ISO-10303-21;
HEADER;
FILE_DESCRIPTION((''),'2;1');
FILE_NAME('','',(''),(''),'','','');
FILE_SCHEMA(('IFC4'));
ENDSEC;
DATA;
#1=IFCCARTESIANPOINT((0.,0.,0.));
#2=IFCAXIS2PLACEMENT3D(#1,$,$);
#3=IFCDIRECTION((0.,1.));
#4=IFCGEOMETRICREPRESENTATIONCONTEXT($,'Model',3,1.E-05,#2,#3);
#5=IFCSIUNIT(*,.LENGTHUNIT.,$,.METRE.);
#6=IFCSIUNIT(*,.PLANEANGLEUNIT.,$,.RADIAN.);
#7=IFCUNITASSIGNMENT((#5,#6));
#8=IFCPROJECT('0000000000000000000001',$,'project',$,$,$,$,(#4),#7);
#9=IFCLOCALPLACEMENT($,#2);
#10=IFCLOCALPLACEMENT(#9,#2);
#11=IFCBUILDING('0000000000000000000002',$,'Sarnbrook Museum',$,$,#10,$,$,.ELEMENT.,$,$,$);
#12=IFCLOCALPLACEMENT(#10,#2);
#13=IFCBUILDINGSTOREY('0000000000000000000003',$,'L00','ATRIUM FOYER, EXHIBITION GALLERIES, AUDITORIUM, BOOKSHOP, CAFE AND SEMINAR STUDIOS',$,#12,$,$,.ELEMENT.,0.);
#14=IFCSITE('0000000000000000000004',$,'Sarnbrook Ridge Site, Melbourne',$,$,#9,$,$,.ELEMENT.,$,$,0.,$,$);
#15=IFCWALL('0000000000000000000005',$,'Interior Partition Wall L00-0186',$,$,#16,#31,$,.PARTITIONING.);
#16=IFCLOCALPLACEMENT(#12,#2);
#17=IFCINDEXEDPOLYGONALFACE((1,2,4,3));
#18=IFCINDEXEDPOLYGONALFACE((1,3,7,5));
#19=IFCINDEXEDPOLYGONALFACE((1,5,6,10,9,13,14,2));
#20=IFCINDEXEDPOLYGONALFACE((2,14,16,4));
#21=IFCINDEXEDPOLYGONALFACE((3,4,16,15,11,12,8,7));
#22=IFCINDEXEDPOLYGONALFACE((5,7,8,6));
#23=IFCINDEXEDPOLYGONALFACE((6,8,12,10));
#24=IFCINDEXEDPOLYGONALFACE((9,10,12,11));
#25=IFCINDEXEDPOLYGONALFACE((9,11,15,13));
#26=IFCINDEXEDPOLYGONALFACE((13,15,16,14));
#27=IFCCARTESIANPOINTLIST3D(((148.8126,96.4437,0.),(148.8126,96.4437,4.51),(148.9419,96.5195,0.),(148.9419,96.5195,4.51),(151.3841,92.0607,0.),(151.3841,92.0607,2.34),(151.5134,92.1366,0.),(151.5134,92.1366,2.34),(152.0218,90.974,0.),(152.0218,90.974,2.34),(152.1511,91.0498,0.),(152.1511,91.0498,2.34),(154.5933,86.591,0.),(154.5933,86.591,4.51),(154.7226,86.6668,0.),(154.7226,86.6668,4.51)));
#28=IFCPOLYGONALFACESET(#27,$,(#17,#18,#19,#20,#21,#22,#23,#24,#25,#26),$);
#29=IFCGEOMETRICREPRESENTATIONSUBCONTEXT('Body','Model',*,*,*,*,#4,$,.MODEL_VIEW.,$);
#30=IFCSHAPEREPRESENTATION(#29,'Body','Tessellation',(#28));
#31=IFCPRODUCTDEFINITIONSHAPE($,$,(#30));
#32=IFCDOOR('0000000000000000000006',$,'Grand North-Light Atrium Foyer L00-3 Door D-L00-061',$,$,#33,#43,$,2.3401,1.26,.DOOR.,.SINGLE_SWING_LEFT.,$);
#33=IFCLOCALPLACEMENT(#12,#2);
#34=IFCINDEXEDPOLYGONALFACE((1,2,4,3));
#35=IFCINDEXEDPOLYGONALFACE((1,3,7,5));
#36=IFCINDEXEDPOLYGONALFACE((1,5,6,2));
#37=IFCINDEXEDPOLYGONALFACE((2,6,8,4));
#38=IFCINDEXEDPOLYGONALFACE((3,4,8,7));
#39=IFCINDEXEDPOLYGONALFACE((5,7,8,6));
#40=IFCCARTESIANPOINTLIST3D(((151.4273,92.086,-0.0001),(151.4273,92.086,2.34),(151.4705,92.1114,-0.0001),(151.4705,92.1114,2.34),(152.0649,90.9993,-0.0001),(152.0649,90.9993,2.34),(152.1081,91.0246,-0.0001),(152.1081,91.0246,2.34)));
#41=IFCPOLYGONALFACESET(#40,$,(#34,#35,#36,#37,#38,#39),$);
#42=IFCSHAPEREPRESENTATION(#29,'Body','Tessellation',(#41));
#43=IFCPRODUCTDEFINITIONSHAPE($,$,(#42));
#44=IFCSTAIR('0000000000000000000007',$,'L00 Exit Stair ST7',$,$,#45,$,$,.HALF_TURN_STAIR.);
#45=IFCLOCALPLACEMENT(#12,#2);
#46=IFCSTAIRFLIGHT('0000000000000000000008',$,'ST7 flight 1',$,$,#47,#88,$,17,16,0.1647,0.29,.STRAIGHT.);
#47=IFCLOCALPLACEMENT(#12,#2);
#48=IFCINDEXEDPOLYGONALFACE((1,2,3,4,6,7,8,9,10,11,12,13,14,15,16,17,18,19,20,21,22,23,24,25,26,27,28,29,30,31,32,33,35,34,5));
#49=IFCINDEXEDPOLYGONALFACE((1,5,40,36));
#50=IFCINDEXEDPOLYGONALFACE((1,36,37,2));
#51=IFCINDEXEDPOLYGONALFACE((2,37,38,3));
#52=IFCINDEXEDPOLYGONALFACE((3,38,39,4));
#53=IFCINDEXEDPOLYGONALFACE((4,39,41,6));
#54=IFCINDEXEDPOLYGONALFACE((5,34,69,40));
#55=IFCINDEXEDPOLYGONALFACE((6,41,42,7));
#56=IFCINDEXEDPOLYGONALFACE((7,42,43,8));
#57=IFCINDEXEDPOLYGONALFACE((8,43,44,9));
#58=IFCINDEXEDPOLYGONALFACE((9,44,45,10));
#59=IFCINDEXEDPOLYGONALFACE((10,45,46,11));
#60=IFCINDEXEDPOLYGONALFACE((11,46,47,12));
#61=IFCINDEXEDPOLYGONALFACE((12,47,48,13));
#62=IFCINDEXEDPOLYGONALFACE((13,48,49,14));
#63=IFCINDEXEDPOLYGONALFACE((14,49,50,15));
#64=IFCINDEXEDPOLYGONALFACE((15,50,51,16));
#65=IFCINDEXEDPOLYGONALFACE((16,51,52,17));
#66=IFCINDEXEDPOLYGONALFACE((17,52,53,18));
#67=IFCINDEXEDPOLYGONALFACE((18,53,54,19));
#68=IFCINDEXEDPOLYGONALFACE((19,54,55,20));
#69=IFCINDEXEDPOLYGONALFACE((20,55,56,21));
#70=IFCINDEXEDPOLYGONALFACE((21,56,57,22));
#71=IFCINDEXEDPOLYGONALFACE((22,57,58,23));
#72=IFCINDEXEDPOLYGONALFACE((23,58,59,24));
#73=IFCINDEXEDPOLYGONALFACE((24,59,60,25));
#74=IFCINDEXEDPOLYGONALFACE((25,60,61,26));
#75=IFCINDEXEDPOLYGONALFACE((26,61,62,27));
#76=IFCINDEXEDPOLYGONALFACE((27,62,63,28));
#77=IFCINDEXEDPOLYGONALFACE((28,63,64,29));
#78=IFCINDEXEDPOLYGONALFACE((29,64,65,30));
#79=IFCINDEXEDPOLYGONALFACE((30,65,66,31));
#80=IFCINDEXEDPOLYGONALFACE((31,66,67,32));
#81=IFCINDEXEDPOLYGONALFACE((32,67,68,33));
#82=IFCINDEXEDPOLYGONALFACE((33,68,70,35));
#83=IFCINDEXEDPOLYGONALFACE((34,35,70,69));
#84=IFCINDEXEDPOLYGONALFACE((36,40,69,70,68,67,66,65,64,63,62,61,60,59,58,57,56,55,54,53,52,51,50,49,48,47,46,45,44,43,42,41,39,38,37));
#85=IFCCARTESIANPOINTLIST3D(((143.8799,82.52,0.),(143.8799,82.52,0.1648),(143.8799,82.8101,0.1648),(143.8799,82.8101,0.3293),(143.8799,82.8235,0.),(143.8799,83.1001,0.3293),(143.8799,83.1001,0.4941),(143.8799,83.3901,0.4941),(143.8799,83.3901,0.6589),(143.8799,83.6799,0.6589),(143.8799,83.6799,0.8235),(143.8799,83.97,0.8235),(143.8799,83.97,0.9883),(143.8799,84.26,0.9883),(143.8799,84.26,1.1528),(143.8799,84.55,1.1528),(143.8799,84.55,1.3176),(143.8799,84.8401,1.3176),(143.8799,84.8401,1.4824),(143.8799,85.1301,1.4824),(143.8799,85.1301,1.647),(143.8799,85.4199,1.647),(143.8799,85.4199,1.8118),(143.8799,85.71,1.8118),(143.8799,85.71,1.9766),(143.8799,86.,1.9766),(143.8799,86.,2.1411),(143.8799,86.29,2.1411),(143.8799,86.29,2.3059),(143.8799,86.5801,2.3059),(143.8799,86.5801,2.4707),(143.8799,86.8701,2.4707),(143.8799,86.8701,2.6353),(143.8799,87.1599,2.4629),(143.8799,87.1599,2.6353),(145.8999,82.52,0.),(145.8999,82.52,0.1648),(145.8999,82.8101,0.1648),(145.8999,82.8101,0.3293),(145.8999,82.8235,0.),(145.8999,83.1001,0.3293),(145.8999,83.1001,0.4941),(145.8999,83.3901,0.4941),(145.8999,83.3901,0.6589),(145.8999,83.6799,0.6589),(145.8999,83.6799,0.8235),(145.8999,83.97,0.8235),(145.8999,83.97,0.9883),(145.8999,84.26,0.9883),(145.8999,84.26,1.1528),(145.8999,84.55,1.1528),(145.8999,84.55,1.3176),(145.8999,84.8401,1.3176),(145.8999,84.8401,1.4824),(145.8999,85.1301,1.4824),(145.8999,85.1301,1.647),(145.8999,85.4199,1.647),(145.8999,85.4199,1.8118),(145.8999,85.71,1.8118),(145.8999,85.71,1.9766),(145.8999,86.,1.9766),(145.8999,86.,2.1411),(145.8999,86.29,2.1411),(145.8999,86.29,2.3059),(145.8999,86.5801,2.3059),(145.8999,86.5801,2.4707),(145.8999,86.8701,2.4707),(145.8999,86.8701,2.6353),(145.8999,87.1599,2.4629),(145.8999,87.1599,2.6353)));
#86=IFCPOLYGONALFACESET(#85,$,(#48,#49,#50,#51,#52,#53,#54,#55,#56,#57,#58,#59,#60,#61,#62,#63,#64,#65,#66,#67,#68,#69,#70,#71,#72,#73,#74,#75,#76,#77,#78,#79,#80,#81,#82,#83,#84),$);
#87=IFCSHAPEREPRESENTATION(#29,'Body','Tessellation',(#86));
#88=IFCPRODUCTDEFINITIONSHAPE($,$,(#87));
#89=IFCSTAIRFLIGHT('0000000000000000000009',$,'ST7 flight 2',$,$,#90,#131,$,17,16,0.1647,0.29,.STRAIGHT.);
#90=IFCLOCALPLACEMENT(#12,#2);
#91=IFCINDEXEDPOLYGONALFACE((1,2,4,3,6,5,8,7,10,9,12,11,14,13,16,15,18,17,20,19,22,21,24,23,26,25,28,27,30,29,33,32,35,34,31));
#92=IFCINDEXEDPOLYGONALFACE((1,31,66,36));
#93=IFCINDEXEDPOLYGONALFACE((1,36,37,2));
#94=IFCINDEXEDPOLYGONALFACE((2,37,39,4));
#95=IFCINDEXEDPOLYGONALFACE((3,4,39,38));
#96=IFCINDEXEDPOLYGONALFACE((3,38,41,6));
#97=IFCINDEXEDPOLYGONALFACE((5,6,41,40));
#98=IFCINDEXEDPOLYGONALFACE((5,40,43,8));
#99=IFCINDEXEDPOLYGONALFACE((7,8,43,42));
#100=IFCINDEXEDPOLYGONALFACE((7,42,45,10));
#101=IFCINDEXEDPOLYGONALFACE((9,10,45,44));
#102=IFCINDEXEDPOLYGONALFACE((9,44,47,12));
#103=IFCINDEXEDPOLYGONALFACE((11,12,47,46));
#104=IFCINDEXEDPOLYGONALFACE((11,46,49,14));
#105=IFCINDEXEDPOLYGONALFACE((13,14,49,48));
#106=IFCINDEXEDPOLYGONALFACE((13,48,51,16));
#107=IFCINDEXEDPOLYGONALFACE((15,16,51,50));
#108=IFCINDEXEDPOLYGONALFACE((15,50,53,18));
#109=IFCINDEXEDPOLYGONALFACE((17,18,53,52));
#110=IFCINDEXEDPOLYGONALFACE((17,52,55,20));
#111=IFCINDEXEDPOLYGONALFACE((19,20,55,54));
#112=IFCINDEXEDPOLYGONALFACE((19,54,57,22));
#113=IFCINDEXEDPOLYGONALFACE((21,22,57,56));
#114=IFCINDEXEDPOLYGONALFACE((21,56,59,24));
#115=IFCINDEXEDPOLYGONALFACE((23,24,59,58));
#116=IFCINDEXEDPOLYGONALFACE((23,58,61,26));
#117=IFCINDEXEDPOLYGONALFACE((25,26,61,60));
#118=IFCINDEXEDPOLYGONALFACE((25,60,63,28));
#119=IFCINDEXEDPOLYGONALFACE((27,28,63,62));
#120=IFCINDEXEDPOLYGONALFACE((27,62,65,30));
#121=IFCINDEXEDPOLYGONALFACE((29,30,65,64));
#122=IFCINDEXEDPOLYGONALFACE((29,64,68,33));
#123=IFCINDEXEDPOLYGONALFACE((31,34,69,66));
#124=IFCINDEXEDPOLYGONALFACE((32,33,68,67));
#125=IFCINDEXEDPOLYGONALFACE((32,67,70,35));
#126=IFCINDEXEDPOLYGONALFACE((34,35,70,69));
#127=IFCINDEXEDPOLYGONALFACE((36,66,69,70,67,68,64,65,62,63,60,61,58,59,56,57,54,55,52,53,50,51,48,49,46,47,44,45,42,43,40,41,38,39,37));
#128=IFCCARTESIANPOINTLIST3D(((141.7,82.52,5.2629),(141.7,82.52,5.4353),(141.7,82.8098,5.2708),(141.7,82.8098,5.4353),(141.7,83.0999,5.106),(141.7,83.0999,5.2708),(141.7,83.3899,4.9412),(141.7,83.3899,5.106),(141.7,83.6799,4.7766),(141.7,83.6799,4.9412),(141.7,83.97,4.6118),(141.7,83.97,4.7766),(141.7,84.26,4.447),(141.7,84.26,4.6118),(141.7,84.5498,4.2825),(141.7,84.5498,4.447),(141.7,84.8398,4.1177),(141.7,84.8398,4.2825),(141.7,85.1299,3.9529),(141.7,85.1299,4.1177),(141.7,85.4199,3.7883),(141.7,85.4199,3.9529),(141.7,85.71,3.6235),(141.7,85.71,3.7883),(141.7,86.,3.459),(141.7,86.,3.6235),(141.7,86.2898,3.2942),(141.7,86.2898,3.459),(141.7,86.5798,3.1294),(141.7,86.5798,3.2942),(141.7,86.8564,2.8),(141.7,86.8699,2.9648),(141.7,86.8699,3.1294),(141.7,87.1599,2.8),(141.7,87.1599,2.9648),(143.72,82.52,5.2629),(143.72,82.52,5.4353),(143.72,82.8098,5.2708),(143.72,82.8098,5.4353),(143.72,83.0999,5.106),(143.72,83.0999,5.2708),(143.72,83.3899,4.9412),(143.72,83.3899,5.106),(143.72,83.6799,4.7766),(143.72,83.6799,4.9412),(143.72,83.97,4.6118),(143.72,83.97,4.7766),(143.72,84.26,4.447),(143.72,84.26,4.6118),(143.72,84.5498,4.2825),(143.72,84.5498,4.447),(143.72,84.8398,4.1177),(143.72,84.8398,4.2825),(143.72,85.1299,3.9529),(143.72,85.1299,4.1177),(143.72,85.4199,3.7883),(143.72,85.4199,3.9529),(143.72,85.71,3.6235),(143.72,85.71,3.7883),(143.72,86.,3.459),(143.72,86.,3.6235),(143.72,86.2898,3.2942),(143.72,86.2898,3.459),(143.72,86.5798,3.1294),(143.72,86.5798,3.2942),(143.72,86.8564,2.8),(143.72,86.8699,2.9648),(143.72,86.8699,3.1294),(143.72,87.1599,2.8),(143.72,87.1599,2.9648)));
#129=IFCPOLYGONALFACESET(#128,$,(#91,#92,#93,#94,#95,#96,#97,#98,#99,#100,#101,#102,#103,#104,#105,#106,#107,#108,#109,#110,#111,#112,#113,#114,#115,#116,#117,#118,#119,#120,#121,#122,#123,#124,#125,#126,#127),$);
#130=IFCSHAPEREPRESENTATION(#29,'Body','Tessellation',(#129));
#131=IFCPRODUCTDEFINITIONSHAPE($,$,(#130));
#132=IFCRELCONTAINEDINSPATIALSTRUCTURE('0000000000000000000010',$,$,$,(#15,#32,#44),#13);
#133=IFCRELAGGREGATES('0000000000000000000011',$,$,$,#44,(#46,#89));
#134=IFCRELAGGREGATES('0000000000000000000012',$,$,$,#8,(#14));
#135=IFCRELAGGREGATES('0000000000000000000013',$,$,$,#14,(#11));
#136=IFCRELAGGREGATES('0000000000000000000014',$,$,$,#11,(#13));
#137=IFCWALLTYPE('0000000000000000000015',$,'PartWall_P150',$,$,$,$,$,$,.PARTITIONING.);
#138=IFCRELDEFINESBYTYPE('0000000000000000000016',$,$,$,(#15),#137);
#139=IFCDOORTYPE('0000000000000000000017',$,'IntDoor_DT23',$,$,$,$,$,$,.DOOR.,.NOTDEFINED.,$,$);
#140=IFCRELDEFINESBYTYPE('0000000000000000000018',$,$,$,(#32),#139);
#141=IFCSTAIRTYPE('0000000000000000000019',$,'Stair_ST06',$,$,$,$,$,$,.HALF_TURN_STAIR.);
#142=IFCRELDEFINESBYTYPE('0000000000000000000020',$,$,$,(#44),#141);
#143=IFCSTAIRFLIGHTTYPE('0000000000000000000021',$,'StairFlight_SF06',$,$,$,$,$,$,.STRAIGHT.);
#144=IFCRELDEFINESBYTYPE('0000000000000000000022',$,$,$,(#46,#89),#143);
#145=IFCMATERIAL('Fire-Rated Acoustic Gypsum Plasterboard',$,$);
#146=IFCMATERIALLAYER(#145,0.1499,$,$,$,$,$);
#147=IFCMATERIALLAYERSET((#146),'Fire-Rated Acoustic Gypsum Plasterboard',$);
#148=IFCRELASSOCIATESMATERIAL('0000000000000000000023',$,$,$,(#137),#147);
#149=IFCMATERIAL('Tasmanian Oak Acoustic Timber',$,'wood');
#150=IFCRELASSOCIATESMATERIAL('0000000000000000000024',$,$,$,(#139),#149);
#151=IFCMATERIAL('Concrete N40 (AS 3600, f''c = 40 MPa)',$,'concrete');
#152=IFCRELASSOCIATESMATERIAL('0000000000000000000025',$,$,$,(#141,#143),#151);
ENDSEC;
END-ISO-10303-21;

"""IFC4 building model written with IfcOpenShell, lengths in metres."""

from ifc_helpers import new_model, si_unit, direction, frame, frame_2d, origin, place, context, subcontext, project, spatial, polyline, rectangle, outline, extrude, material, layer, layer_set, type_object, element, fill, aggregate, save


model = new_model("IFC4")

# Units and contexts
model_context = context("Model", 3, precision=1e-05, world=origin(), true_north=direction((0.0, 1.0)))
body_context = subcontext(model_context, "Body", "Model", "MODEL_VIEW")
ifc_project = project(units=[si_unit("LENGTHUNIT", "METRE"), si_unit("PLANEANGLEUNIT", "RADIAN")], contexts=[model_context])

# Site, building, storey
site_placement = place(None, origin())
site = spatial("IfcSite", under=ifc_project, at=site_placement, Name="Sarnbrook Ridge Site, Melbourne", CompositionType="ELEMENT", RefElevation=0.0)
building_placement = place(site_placement, origin())
building = spatial("IfcBuilding", under=site, at=building_placement, Name="Sarnbrook Museum", CompositionType="ELEMENT")
storey_placement = place(building_placement, origin())
storey = spatial("IfcBuildingStorey", under=building, at=storey_placement, Name="L00", Description="ATRIUM FOYER, EXHIBITION GALLERIES, AUDITORIUM, BOOKSHOP, CAFE AND SEMINAR STUDIOS", CompositionType="ELEMENT", Elevation=0.0)

# Wall, opening, door
ifc_material_1 = material(Name="Fire-Rated Acoustic Gypsum Plasterboard")
ifc_layer_1 = layer(ifc_material_1, 0.1499)
ifc_layer_set_1 = layer_set([ifc_layer_1], Name="Fire-Rated Acoustic Gypsum Plasterboard")
wall_type_1 = type_object("IfcWallType", Name="PartWall_P150", PredefinedType="PARTITIONING", material=ifc_layer_set_1)
wall_1_placement = place(storey_placement, frame((154.658, 86.6289, 0.0), z_axis=(0.0, 0.0, 1.0), x_axis=(-0.506045, 0.862507, 0.0)))
wall_1 = element("IfcWall", 1, at=wall_1_placement, inside=storey, type_object=wall_type_1, Name="Interior Partition Wall L00-0186", PredefinedType="PARTITIONING", context=body_context, shape_type="SweptSolid", body=[
    extrude(rectangle(XDim=11.4233, YDim=0.1499, at=frame_2d((5.7117, 0.0))), origin(), (0.0, 0.0, 1.0), 4.51),
])
opening_placement = place(wall_1_placement, frame((5.0818, 0.0, 0.0)))
opening = element("IfcOpeningElement", 2, at=opening_placement, cuts=wall_1, PredefinedType="OPENING", context=body_context, shape_type="SweptSolid", body=[
    extrude(rectangle(XDim=1.26, YDim=2.3401, at=frame_2d((0.6299, 1.1699))), frame((0.0, 0.085, 0.0), z_axis=(0.0, -1.0, 0.0), x_axis=(1.0, 0.0, 0.0)), (0.0, 0.0, 1.0), 0.1699),
])
ifc_material_2 = material(Name="Tasmanian Oak Acoustic Timber", Category="wood")
door_type = type_object("IfcDoorType", Name="IntDoor_DT23", OperationType="NOTDEFINED", PredefinedType="DOOR", material=ifc_material_2)
door_placement = place(opening_placement, origin())
door = element("IfcDoor", 3, at=door_placement, inside=storey, type_object=door_type, Name="Grand North-Light Atrium Foyer L00-3 Door D-L00-061", OperationType="SINGLE_SWING_LEFT", OverallHeight=2.3401, OverallWidth=1.26, PredefinedType="DOOR", context=body_context, shape_type="SweptSolid", body=[
    extrude(rectangle(XDim=1.26, YDim=2.3401, at=frame_2d((0.6299, 1.1699))), frame((0.0, 0.0249, 0.0), z_axis=(0.0, -1.0, 0.0), x_axis=(1.0, 0.0, 0.0)), (0.0, 0.0, 1.0), 0.05),
])
fill(opening, door)

# Stair, stair flights
ifc_material_3 = material(Name="Concrete N40 (AS 3600, f'c = 40 MPa)", Category="concrete")
stair_type = type_object("IfcStairType", Name="Stair_ST06", PredefinedType="HALF_TURN_STAIR", material=ifc_material_3)
stair_placement = place(storey_placement, origin())
stair = element("IfcStair", 4, at=stair_placement, inside=storey, type_object=stair_type, Name="L00 Exit Stair ST7", PredefinedType="HALF_TURN_STAIR")
stair_flight_type = type_object("IfcStairFlightType", Name="StairFlight_SF06", PredefinedType="STRAIGHT", material=ifc_material_3)
stair_flight_1_placement = place(storey_placement, frame((144.8899, 82.52, 0.0), z_axis=(0.0, 0.0, 1.0), x_axis=(0.0, 1.0, 0.0)))
stair_flight_1 = element("IfcStairFlight", 5, at=stair_flight_1_placement, type_object=stair_flight_type, Name="ST7 flight 1", NumberOfRisers=17, NumberOfTreads=16, PredefinedType="STRAIGHT", RiserHeight=0.1647, TreadLength=0.29, context=body_context, shape_type="SweptSolid", body=[
    extrude(outline(polyline([(0.0, 0.0), (0.0, 0.1648), (0.29, 0.1648), (0.29, 0.3293), (0.5801, 0.3293), (0.5801, 0.4941), (0.8701, 0.4941), (0.8701, 0.6589), (1.1599, 0.6589), (1.1599, 0.8235), (1.45, 0.8235), (1.45, 0.9883), (1.74, 0.9883), (1.74, 1.1528), (2.03, 1.1528), (2.03, 1.3176), (2.3201, 1.3176), (2.3201, 1.4824), (2.6101, 1.4824), (2.6101, 1.647), (2.8999, 1.647), (2.8999, 1.8118), (3.1899, 1.8118), (3.1899, 1.9766), (3.48, 1.9766), (3.48, 2.1411), (3.77, 2.1411), (3.77, 2.3059), (4.0601, 2.3059), (4.0601, 2.4707), (4.3501, 2.4707), (4.3501, 2.6353), (4.6399, 2.6353), (4.6399, 2.8), (4.6399, 2.4629), (0.3035, 0.0), (0.0, 0.0)])), frame((0.0, 1.01, 0.0), z_axis=(0.0, -1.0, 0.0), x_axis=(1.0, 0.0, 0.0)), (0.0, 0.0, 1.0), 2.02),
])
stair_flight_2_placement = place(storey_placement, frame((142.71, 87.1599, 2.8), z_axis=(0.0, 0.0, 1.0), x_axis=(0.0, -1.0, 0.0)))
stair_flight_2 = element("IfcStairFlight", 6, at=stair_flight_2_placement, type_object=stair_flight_type, Name="ST7 flight 2", NumberOfRisers=17, NumberOfTreads=16, PredefinedType="STRAIGHT", RiserHeight=0.1647, TreadLength=0.29, context=body_context, shape_type="SweptSolid", body=[
    extrude(outline(polyline([(0.0, 0.0), (0.0, 0.1648), (0.29, 0.1648), (0.29, 0.3293), (0.5801, 0.3293), (0.5801, 0.4941), (0.8701, 0.4941), (0.8701, 0.6589), (1.1599, 0.6589), (1.1599, 0.8235), (1.45, 0.8235), (1.45, 0.9883), (1.74, 0.9883), (1.74, 1.1528), (2.03, 1.1528), (2.03, 1.3176), (2.3201, 1.3176), (2.3201, 1.4824), (2.6101, 1.4824), (2.6101, 1.647), (2.8999, 1.647), (2.8999, 1.8118), (3.1899, 1.8118), (3.1899, 1.9766), (3.48, 1.9766), (3.48, 2.1411), (3.77, 2.1411), (3.77, 2.3059), (4.0601, 2.3059), (4.0601, 2.4707), (4.3501, 2.4707), (4.3501, 2.6353), (4.6399, 2.6353), (4.6399, 2.8), (4.6399, 2.4629), (0.3035, 0.0), (0.0, 0.0)])), frame((0.0, 1.01, 0.0), z_axis=(0.0, -1.0, 0.0), x_axis=(1.0, 0.0, 0.0)), (0.0, 0.0, 1.0), 2.02),
])
aggregate(stair, [stair_flight_1, stair_flight_2])

save(model, "model.ifc")
